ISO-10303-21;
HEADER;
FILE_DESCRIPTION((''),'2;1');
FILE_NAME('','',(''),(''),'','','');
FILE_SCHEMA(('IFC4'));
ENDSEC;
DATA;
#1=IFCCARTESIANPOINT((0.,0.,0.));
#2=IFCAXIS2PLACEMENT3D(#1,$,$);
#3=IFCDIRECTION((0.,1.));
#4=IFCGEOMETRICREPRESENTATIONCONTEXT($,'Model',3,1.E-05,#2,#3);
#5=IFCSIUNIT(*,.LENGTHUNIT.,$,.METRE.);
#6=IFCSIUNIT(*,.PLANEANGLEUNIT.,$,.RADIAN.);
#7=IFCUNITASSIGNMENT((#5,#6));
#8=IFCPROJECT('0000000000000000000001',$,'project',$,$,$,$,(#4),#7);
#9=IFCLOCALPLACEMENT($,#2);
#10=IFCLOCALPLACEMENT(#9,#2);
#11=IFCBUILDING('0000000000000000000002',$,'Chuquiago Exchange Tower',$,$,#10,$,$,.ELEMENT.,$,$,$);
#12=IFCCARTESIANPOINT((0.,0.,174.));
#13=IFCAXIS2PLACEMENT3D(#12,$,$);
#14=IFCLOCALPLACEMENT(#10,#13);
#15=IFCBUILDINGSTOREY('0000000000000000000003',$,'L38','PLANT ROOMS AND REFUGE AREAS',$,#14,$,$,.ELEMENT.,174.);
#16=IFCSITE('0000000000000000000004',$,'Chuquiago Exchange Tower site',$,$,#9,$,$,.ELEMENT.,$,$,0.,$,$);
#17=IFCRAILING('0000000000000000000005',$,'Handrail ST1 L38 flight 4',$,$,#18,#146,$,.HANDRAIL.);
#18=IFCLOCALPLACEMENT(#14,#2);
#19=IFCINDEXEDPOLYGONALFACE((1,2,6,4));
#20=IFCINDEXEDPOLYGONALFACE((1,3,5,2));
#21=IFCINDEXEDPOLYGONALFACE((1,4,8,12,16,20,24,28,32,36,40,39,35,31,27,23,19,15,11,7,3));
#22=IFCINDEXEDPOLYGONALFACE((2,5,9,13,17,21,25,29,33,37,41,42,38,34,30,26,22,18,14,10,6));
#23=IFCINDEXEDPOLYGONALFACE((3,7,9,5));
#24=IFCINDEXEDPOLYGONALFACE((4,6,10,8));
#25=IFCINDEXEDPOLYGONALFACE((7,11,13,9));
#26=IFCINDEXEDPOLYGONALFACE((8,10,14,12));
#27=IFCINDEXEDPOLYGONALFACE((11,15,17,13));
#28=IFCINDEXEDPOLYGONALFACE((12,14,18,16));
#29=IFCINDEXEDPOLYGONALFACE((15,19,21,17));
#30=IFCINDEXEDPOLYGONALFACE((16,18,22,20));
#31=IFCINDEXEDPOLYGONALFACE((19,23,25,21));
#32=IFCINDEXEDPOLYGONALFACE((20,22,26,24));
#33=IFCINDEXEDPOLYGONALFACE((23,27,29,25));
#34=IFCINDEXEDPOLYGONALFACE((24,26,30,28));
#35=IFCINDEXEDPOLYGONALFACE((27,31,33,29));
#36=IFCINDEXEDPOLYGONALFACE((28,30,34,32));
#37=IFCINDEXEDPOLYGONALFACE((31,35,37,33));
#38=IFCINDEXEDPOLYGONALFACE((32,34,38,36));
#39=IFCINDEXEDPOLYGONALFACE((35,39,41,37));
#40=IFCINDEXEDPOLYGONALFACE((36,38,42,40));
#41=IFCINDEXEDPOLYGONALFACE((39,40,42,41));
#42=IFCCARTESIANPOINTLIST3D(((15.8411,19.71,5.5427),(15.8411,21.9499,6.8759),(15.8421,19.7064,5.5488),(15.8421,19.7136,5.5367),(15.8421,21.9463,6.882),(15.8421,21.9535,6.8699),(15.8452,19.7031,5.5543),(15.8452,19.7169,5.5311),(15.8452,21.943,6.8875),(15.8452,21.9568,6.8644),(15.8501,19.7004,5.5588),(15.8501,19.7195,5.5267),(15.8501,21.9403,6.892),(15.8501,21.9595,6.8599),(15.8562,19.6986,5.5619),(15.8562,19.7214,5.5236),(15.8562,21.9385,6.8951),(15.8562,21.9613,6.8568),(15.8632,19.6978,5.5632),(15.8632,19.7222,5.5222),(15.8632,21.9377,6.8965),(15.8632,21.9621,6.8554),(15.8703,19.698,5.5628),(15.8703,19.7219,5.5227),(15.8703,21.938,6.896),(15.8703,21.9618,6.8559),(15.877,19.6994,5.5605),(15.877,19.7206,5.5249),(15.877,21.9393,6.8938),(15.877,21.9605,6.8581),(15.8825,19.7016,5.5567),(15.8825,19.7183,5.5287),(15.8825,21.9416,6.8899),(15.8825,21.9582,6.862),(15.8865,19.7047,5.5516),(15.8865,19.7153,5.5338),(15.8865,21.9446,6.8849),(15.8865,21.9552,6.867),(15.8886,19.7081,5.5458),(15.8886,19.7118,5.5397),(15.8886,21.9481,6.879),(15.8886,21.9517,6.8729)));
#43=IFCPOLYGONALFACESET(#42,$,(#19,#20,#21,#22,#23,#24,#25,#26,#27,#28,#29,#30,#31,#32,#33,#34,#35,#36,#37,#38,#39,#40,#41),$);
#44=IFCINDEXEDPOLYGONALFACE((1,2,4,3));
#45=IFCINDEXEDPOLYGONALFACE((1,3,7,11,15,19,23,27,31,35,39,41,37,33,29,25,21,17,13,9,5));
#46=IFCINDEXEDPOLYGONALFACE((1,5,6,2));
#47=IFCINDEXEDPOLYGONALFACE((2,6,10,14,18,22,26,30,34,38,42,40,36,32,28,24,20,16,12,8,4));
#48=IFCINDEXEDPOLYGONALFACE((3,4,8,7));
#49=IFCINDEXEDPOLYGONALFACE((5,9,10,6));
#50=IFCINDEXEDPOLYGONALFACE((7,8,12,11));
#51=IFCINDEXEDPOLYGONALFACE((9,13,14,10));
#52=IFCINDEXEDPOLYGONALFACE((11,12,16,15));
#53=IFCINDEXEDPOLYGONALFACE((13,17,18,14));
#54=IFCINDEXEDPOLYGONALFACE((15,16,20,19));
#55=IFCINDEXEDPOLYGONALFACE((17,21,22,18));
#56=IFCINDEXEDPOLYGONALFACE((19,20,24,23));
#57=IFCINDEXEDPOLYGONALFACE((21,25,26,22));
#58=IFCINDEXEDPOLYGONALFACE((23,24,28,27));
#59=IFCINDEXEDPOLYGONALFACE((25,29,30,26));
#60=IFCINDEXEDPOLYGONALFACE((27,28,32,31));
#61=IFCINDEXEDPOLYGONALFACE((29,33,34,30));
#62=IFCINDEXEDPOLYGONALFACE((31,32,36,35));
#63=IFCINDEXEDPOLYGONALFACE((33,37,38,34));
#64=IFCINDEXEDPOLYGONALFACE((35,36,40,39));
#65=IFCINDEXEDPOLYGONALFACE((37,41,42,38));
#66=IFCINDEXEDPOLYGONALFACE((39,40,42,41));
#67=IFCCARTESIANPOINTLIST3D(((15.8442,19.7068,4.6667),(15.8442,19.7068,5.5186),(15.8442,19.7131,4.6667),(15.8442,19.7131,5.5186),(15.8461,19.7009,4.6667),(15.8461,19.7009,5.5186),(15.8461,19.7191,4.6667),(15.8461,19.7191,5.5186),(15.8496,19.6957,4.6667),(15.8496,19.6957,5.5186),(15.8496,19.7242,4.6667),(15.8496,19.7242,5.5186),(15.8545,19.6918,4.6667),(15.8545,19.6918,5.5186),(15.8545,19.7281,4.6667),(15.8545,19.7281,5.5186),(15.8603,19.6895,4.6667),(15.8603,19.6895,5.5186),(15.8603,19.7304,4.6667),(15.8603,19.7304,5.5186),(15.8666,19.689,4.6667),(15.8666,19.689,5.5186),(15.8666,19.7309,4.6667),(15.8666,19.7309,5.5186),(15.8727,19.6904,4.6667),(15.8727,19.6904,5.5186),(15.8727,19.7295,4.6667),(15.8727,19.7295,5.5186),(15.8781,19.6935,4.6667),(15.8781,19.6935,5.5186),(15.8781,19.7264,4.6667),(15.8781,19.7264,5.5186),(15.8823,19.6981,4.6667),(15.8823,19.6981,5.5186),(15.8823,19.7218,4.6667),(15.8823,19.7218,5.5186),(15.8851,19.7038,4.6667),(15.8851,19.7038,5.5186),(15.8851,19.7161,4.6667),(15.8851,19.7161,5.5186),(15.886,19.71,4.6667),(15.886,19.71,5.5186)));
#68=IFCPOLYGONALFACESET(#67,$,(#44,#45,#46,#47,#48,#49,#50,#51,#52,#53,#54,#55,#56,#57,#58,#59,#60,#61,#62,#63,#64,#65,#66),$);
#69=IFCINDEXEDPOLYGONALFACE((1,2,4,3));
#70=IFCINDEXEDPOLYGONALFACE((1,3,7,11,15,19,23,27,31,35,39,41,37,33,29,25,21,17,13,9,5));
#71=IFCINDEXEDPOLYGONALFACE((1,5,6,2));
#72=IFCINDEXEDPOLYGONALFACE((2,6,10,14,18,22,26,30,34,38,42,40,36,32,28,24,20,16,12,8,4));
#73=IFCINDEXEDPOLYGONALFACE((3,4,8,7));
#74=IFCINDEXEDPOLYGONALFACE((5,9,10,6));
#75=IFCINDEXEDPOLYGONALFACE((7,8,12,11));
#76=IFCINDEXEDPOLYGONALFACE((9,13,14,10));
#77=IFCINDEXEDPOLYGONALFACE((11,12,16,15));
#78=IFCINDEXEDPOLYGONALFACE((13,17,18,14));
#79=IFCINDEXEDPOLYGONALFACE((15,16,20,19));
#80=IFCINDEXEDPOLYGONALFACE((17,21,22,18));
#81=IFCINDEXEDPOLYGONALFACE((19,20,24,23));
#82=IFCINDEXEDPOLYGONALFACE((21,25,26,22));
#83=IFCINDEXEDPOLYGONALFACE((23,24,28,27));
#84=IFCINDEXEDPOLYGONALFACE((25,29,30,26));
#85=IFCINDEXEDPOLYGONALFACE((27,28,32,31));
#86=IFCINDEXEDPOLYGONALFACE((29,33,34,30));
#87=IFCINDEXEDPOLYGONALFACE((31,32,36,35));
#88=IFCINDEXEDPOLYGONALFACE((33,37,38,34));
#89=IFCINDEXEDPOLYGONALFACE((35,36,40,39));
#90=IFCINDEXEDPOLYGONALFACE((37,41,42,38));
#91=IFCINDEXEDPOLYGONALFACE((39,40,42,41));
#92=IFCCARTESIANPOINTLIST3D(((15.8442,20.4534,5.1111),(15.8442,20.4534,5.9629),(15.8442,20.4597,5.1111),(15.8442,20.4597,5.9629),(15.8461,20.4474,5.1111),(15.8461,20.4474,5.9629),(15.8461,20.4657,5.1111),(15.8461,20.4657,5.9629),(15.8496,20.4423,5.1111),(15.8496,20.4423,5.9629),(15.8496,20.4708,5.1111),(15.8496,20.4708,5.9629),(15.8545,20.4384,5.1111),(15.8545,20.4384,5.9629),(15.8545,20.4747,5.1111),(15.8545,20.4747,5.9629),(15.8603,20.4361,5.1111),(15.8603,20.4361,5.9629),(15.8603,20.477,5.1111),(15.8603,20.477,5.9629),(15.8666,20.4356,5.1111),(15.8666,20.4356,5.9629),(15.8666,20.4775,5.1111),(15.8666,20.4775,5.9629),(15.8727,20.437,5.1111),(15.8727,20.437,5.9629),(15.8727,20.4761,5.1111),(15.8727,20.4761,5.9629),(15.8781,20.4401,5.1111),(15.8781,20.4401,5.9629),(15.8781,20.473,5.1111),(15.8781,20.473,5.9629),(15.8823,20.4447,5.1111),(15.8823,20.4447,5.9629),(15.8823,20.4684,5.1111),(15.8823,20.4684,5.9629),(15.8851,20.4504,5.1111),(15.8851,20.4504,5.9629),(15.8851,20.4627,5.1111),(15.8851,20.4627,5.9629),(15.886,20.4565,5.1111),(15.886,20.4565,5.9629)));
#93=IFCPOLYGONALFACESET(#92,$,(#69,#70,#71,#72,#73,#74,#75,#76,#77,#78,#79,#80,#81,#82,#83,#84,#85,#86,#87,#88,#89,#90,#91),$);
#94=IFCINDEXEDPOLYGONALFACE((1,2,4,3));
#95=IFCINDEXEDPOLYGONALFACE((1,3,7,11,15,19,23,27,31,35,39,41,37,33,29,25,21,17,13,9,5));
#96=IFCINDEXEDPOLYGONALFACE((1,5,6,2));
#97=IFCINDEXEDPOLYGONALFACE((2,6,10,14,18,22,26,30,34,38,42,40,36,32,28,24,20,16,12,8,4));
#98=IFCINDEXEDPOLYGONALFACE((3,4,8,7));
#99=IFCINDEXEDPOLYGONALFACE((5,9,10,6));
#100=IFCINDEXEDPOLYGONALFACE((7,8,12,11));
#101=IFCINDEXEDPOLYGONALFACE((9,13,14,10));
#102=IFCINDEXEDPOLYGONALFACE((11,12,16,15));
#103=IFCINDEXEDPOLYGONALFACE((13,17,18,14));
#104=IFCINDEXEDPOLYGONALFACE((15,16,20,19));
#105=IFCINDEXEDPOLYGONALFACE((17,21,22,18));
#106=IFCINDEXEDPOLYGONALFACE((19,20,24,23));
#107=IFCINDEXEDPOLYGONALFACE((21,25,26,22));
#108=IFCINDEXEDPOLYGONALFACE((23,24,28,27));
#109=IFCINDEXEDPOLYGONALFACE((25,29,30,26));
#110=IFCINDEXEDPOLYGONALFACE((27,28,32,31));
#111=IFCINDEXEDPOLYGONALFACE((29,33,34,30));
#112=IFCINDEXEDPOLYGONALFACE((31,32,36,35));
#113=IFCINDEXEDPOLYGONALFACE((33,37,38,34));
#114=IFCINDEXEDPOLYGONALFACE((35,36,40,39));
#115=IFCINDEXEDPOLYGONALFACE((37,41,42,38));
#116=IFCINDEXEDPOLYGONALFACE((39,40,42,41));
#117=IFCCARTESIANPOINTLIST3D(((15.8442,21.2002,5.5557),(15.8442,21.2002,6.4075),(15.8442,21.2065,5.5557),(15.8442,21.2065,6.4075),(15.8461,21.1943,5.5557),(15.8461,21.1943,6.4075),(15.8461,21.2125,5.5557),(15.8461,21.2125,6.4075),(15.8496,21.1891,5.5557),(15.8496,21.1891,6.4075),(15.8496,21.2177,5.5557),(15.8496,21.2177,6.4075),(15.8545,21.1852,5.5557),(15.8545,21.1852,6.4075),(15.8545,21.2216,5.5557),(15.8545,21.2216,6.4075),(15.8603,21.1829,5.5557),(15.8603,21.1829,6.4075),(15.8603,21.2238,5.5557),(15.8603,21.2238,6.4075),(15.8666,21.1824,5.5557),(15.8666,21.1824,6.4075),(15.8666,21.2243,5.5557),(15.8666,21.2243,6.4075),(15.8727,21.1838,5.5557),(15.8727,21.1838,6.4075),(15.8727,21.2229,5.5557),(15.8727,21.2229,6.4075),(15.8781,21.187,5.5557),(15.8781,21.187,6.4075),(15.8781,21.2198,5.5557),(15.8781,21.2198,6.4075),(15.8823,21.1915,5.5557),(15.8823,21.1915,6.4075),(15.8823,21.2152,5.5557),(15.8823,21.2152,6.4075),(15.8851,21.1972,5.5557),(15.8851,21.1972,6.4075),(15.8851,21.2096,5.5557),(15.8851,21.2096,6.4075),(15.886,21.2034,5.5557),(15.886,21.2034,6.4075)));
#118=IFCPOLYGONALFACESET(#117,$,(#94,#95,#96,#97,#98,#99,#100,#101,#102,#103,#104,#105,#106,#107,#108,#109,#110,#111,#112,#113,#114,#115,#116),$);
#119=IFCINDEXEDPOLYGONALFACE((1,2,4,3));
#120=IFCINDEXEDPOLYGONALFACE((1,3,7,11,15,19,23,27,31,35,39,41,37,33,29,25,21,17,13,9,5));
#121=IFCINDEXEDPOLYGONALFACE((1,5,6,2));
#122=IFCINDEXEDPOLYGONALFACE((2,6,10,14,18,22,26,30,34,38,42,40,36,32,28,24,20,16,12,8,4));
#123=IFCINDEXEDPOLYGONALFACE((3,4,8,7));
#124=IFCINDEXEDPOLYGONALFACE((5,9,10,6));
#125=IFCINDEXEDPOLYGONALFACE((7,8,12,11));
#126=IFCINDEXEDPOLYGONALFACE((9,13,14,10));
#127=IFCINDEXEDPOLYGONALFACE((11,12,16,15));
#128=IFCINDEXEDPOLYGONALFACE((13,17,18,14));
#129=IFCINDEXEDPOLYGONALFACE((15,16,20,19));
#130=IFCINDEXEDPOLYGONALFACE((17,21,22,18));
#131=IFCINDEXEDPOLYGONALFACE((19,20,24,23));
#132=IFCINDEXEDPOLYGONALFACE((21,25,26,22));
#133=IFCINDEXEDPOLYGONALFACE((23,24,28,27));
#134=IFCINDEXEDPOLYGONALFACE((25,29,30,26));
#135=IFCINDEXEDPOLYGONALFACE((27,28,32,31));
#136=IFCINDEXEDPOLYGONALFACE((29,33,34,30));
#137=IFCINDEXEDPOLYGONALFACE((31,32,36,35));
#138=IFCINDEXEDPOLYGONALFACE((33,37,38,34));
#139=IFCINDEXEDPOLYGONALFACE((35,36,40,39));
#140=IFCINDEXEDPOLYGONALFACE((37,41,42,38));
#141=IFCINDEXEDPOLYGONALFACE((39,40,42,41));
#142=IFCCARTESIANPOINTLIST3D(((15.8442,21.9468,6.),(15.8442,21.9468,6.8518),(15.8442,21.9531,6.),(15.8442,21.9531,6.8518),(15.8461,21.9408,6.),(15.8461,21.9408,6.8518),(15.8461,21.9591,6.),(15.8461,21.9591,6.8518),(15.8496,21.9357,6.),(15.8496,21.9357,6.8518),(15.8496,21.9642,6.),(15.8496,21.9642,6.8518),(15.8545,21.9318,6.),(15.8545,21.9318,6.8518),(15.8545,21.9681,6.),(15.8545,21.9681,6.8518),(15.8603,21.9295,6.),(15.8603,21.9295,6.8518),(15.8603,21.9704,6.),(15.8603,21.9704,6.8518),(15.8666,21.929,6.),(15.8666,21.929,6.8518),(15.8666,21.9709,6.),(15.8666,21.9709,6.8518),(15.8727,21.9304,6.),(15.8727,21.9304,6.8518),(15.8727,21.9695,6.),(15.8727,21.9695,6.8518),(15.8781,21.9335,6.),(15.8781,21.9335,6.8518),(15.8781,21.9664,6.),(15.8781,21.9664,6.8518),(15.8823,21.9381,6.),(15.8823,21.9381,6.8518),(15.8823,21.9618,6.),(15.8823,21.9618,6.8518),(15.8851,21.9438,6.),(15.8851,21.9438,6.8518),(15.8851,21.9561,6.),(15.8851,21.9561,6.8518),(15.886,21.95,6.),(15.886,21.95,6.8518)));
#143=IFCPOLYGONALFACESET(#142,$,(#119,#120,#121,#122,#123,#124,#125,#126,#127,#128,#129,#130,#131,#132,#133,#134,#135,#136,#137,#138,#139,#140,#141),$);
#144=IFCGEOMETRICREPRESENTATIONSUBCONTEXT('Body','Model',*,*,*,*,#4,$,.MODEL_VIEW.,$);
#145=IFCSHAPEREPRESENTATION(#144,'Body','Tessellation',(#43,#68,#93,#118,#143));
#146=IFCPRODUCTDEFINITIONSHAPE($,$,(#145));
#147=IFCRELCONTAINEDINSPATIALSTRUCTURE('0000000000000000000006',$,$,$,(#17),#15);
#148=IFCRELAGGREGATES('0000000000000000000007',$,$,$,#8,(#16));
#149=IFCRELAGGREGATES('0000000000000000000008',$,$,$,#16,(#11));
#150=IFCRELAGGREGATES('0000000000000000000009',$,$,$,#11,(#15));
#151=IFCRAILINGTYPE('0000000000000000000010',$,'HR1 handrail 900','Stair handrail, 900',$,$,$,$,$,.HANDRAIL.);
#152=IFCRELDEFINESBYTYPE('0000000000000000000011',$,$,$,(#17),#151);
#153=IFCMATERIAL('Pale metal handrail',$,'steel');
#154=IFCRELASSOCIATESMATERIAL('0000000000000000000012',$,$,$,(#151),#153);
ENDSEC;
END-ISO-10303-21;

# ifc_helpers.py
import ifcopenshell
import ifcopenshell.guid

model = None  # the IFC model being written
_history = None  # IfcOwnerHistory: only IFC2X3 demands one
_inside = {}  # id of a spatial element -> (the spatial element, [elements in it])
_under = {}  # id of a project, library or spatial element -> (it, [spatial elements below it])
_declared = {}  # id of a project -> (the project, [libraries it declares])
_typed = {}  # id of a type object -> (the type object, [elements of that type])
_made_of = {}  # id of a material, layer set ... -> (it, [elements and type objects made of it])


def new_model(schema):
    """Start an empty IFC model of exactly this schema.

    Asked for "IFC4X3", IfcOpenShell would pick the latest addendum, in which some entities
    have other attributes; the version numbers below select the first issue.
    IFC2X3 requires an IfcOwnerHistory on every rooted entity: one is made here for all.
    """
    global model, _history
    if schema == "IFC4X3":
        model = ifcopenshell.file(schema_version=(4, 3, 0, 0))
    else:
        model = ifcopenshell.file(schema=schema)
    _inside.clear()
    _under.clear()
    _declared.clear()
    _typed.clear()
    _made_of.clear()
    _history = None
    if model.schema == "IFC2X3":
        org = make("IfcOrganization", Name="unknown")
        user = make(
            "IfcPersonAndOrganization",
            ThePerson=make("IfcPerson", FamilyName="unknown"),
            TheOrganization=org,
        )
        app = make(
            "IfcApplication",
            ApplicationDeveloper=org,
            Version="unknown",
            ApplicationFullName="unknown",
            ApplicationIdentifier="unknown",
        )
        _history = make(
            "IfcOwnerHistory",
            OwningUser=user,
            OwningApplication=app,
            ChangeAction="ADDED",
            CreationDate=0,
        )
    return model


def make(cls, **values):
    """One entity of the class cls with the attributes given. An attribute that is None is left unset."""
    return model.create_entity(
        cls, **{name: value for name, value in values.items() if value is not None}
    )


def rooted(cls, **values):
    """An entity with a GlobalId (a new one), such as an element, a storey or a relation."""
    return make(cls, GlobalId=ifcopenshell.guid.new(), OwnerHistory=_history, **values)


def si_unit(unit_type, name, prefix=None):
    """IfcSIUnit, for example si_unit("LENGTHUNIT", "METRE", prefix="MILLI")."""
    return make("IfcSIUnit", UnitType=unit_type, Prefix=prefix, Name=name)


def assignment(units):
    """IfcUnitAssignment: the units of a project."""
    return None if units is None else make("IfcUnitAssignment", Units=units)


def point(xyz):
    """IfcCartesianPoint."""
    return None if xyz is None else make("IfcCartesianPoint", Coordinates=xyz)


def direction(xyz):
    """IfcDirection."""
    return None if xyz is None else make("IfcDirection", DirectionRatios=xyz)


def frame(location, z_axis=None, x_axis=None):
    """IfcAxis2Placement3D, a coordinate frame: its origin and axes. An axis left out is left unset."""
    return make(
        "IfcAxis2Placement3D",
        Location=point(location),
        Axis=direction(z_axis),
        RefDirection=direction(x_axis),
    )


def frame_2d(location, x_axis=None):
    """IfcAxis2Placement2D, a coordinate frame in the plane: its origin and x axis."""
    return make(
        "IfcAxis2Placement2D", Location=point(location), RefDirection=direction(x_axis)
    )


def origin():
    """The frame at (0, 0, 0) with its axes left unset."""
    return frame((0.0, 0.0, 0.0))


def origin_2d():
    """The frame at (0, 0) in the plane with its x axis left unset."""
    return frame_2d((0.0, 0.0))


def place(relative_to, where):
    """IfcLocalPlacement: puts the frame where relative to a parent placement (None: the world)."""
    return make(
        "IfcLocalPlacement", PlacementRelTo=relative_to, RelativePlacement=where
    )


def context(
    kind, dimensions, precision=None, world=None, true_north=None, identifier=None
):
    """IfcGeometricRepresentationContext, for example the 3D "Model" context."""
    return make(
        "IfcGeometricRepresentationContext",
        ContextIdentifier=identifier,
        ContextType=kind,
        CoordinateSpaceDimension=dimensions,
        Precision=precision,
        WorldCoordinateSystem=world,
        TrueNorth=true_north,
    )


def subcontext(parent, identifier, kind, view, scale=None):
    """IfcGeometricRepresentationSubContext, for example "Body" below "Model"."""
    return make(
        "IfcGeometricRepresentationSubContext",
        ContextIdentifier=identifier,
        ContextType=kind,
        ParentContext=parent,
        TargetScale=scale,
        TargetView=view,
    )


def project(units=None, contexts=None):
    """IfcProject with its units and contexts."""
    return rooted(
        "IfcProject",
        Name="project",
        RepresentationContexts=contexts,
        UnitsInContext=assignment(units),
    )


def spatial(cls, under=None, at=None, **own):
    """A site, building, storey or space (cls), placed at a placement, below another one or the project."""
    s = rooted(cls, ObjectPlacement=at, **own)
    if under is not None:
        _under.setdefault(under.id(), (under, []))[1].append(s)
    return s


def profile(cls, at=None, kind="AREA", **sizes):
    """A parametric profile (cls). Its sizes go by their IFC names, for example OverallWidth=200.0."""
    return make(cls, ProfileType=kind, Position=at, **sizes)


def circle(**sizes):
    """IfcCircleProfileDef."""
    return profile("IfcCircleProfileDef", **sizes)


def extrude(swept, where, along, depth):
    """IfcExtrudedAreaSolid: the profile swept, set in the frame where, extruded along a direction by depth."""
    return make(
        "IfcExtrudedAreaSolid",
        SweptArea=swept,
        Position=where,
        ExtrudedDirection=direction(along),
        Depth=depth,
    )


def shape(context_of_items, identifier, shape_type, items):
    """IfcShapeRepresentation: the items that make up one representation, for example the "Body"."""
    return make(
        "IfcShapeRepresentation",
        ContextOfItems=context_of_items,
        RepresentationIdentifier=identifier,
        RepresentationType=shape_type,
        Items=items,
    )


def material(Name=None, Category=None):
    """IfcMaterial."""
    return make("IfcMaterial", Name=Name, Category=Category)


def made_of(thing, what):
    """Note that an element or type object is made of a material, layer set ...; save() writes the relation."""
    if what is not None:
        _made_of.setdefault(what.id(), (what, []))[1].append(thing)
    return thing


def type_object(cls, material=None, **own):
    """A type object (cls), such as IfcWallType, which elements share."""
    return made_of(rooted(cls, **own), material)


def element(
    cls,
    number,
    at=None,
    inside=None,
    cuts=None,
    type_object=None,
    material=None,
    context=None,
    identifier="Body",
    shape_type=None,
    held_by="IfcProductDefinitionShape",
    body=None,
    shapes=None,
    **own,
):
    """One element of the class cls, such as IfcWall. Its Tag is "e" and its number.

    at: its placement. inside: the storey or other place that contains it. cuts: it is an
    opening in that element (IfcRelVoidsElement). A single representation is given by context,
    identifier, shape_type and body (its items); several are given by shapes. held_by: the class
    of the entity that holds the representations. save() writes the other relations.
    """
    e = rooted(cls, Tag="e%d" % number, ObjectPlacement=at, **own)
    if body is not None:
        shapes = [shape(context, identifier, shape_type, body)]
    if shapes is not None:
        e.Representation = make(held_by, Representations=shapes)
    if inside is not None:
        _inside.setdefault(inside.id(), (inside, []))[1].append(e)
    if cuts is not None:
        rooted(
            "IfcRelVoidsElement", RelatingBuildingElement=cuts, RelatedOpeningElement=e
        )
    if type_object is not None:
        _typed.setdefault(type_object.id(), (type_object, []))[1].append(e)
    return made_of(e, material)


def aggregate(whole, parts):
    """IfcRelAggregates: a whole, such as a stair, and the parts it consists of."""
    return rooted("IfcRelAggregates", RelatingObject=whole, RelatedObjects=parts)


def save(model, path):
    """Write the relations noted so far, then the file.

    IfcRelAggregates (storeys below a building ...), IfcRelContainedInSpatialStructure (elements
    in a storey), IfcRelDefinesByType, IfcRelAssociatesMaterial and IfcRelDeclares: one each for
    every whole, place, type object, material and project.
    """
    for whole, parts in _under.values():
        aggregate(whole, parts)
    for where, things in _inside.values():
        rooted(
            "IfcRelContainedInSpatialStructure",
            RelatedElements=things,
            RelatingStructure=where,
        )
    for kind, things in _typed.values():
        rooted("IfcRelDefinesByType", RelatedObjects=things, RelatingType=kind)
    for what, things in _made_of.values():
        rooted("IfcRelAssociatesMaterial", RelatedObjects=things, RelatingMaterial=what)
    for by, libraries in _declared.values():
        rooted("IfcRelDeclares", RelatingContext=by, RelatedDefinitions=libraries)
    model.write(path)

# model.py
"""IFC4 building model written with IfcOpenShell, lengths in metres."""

from ifc_helpers import new_model, si_unit, direction, frame, origin, origin_2d, place, context, subcontext, project, spatial, circle, extrude, material, type_object, element, save


model = new_model("IFC4")

# Units and contexts
model_context = context("Model", 3, precision=1e-05, world=origin(), true_north=direction((0.0, 1.0)))
body_context = subcontext(model_context, "Body", "Model", "MODEL_VIEW")
ifc_project = project(units=[si_unit("LENGTHUNIT", "METRE"), si_unit("PLANEANGLEUNIT", "RADIAN")], contexts=[model_context])

# Site, building, storey
site_placement = place(None, origin())
site = spatial("IfcSite", under=ifc_project, at=site_placement, Name="Chuquiago Exchange Tower site", CompositionType="ELEMENT", RefElevation=0.0)
building_placement = place(site_placement, origin())
building = spatial("IfcBuilding", under=site, at=building_placement, Name="Chuquiago Exchange Tower", CompositionType="ELEMENT")
storey_placement = place(building_placement, frame((0.0, 0.0, 174.0)))
storey = spatial("IfcBuildingStorey", under=building, at=storey_placement, Name="L38", Description="PLANT ROOMS AND REFUGE AREAS", CompositionType="ELEMENT", Elevation=174.0)

# Railing
ifc_material_1 = material(Name="Pale metal handrail", Category="steel")
railing_type_1 = type_object("IfcRailingType", Name="HR1 handrail 900", Description="Stair handrail, 900", PredefinedType="HANDRAIL", material=ifc_material_1)
for number, where, name in (
    (1, (15.865, 19.71, 4.6667), "Handrail ST1 L38 flight 4"),
):
    element("IfcRailing", number, at=place(storey_placement, frame(where)), inside=storey, type_object=railing_type_1, Name=name, PredefinedType="HANDRAIL", context=body_context, shape_type="SweptSolid", body=[
        extrude(circle(Radius=0.0239, at=origin_2d()), frame((0.0, 0.0, 0.876), z_axis=(0.0, 0.859306, 0.511462), x_axis=(-1.0, 0.0, 0.0)), (0.0, 0.0, 1.0), 2.6067),
        extrude(circle(Radius=0.021, at=origin_2d()), origin(), (0.0, 0.0, 1.0), 0.8518),
        extrude(circle(Radius=0.021, at=origin_2d()), frame((0.0, 0.7466, 0.4443)), (0.0, 0.0, 1.0), 0.8518),
        extrude(circle(Radius=0.021, at=origin_2d()), frame((0.0, 1.4934, 0.8889)), (0.0, 0.0, 1.0), 0.8518),
        extrude(circle(Radius=0.021, at=origin_2d()), frame((0.0, 2.24, 1.3333)), (0.0, 0.0, 1.0), 0.8518),
    ])

save(model, "model.ifc")
